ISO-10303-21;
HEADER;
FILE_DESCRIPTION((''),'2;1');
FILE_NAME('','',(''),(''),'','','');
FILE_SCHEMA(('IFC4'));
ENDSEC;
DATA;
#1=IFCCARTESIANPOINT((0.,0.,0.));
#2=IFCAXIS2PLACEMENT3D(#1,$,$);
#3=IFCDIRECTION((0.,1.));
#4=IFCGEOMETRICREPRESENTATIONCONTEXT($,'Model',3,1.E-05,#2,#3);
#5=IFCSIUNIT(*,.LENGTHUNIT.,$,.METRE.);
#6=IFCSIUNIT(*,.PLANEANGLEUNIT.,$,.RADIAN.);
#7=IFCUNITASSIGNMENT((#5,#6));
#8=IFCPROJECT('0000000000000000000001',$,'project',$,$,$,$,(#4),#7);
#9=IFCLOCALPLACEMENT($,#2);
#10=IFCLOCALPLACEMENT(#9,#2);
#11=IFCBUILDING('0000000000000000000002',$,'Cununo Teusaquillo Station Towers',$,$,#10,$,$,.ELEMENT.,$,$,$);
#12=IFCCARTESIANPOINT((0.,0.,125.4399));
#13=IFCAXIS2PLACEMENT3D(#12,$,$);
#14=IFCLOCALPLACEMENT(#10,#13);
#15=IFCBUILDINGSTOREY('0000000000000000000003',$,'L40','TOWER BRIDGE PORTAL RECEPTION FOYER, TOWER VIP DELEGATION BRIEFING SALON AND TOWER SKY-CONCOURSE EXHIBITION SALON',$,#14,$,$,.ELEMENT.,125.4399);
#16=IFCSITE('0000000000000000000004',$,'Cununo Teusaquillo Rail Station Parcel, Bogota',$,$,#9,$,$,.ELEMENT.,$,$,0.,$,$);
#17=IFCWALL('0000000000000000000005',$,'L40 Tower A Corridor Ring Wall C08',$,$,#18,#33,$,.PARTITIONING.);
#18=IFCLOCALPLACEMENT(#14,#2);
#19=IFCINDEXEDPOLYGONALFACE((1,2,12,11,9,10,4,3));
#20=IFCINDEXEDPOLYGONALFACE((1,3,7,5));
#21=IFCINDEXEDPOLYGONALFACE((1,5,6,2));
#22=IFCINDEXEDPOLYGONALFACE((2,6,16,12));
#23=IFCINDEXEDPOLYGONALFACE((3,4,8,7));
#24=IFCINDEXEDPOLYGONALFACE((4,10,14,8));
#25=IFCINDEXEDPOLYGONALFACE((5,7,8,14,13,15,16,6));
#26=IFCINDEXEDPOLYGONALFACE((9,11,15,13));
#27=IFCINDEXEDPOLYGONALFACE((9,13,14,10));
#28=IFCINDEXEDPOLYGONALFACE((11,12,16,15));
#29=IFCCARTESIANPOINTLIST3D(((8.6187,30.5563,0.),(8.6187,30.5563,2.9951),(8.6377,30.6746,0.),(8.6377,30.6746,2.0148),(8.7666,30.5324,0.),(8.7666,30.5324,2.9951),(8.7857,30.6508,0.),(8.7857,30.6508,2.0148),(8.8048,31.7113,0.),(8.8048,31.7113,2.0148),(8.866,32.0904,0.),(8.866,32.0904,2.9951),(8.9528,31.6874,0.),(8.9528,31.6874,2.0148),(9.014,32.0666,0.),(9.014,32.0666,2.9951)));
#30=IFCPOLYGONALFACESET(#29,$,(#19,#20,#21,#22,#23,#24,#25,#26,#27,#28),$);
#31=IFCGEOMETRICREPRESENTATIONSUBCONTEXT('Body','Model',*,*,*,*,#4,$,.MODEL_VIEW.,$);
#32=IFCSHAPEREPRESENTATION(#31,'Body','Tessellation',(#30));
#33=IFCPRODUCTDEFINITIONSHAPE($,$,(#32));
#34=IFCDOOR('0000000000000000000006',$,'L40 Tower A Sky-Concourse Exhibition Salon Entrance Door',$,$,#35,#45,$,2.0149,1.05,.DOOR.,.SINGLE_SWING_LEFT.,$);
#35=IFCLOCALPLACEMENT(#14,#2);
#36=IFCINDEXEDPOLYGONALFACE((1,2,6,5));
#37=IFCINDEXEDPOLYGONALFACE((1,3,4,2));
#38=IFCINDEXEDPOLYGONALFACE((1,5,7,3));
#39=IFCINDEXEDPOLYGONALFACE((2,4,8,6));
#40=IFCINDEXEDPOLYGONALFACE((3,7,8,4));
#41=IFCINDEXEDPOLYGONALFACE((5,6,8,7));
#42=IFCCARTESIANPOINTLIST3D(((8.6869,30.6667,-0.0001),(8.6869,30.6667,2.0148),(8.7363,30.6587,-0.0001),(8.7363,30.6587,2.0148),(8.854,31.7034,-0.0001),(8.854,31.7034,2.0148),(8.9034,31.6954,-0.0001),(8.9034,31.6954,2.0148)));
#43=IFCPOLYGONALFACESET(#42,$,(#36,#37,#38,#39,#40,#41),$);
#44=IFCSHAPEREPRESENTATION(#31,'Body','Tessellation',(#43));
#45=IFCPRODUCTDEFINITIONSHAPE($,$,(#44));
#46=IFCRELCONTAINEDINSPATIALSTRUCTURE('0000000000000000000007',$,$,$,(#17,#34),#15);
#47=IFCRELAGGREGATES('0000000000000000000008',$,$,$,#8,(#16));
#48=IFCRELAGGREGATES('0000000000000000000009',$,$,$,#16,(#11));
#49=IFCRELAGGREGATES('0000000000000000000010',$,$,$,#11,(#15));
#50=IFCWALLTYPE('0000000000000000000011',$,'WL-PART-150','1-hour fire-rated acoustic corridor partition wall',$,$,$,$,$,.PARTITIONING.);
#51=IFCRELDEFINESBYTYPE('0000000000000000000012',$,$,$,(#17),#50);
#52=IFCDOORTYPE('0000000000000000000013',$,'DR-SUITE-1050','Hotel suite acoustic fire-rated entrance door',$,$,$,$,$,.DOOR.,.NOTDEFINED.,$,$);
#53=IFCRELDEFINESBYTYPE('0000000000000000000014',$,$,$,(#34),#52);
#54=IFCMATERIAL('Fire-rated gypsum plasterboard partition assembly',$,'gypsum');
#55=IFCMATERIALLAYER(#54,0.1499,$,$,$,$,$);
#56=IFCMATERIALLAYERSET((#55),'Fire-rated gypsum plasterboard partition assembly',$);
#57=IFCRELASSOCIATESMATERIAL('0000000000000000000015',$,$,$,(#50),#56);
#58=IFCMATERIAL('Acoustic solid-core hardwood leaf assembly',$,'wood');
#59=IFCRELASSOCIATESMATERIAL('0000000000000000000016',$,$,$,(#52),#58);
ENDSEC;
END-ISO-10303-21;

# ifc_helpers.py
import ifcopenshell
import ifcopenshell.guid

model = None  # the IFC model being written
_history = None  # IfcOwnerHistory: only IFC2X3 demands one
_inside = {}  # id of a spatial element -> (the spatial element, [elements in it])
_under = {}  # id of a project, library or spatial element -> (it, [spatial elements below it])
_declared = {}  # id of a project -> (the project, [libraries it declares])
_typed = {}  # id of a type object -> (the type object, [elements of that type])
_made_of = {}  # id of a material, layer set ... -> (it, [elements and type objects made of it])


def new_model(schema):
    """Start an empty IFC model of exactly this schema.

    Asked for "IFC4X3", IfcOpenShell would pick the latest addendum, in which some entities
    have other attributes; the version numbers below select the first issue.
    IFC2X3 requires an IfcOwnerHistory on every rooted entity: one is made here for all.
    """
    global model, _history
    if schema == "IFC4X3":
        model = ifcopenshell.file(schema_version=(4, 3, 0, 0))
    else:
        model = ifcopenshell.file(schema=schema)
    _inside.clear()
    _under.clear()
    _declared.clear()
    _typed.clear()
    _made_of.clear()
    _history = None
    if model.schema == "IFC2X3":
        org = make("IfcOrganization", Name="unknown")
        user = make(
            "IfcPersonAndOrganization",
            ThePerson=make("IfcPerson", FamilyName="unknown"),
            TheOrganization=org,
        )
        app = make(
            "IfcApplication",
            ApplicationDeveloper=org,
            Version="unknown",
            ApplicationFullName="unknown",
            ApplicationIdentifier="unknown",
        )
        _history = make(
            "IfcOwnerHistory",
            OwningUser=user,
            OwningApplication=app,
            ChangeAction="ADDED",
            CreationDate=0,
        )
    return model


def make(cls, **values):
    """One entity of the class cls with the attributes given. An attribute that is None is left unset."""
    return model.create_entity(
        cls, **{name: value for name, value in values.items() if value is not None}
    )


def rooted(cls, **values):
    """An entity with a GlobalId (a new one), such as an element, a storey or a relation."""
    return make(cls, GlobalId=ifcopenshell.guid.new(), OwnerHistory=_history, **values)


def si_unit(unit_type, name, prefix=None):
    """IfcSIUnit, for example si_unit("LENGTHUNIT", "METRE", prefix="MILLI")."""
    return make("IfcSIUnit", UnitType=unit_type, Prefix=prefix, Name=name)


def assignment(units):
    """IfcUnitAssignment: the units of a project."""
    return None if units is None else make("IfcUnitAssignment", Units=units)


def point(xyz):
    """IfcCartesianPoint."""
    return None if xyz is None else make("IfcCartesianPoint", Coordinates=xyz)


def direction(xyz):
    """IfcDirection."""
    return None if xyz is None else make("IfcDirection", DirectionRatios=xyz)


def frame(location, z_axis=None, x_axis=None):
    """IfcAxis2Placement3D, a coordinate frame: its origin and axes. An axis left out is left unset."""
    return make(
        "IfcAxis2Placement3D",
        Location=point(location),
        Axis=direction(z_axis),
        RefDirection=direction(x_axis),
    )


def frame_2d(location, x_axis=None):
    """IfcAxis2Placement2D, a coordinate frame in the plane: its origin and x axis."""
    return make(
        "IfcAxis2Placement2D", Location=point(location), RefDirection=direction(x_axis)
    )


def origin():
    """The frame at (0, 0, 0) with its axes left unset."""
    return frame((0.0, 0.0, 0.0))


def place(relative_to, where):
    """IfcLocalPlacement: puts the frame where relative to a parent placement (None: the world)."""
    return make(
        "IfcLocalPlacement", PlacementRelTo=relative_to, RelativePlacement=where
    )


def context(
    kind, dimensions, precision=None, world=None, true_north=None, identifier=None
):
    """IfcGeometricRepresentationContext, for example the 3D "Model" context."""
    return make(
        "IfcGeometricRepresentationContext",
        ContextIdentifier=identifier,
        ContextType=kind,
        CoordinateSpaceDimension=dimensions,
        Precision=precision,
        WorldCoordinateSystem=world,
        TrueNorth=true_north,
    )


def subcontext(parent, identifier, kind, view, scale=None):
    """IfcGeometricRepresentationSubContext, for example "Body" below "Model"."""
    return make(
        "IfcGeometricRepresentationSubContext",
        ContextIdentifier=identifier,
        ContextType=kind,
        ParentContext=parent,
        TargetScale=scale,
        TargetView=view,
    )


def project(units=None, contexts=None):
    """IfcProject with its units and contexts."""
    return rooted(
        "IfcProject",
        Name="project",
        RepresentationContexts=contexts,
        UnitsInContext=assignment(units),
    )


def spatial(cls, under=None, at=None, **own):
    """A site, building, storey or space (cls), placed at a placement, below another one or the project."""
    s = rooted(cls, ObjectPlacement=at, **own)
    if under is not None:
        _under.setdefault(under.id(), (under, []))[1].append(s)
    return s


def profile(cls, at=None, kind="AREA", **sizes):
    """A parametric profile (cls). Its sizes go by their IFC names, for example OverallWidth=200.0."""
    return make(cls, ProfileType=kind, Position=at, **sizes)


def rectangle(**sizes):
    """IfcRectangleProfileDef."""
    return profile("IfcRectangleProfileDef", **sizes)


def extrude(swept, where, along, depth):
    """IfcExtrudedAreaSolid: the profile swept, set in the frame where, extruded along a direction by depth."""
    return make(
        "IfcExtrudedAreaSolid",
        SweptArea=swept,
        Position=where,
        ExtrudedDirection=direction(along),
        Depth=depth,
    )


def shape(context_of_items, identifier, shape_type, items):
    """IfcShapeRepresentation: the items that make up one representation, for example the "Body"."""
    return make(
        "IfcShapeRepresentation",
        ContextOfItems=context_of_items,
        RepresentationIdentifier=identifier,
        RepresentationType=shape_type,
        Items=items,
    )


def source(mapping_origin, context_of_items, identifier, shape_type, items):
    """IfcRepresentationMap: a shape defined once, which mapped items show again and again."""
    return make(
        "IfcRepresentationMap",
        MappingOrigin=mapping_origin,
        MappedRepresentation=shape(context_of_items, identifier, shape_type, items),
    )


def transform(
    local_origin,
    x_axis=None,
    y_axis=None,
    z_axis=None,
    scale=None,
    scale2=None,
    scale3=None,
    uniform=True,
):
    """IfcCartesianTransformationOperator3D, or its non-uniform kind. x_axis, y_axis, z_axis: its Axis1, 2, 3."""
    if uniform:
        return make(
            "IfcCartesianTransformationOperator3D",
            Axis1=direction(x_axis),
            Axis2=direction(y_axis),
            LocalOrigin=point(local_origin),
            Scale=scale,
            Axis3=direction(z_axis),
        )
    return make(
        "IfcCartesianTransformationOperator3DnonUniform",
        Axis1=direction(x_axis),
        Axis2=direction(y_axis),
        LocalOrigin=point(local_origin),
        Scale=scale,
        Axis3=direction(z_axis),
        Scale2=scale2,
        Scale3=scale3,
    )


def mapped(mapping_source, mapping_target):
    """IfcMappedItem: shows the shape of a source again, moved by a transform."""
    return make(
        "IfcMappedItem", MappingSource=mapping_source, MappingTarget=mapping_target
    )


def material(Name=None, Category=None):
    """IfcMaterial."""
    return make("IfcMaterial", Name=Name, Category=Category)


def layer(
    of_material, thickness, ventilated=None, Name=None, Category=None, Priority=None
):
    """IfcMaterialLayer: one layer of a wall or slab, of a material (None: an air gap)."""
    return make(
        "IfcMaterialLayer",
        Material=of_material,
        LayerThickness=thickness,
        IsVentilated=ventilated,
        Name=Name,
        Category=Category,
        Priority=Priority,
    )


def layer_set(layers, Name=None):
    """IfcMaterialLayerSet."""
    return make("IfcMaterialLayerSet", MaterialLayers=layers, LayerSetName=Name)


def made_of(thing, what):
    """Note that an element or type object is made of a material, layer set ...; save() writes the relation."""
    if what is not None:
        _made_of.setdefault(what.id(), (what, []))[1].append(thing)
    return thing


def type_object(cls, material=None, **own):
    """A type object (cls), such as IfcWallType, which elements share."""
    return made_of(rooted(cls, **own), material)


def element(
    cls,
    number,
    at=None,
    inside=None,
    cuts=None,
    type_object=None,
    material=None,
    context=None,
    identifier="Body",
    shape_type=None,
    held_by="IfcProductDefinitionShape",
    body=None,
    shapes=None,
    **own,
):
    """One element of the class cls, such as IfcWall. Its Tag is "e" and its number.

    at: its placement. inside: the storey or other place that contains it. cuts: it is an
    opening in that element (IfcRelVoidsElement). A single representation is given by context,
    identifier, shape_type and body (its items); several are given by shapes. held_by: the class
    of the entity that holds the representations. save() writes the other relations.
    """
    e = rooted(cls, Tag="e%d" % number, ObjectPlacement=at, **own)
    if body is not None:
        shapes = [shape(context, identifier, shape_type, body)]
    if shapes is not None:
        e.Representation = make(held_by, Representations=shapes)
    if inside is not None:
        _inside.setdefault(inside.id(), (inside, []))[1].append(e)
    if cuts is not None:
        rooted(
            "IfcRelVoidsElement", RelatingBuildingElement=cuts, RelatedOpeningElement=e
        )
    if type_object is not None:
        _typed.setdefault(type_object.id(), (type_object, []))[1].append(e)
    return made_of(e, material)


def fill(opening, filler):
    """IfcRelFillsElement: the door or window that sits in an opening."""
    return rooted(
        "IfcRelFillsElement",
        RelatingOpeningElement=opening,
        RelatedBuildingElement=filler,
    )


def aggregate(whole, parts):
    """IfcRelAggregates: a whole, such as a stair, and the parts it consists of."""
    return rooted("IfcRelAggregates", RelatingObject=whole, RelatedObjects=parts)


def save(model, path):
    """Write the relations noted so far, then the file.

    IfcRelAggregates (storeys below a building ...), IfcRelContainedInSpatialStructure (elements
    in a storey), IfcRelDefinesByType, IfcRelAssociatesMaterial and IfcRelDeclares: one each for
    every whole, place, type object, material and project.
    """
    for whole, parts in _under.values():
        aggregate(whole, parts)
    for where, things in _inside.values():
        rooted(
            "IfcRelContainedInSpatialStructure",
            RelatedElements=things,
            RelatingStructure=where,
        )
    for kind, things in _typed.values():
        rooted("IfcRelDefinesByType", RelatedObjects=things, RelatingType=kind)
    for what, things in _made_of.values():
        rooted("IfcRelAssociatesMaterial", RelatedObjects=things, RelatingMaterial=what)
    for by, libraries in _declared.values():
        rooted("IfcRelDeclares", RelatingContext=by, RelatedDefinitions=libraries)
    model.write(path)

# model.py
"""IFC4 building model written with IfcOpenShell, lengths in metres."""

from ifc_helpers import new_model, si_unit, direction, frame, frame_2d, origin, place, context, subcontext, project, spatial, rectangle, extrude, source, transform, mapped, material, layer, layer_set, type_object, element, fill, save


model = new_model("IFC4")

# Units and contexts
model_context = context("Model", 3, precision=1e-05, world=origin(), true_north=direction((0.0, 1.0)))
body_context = subcontext(model_context, "Body", "Model", "MODEL_VIEW")
ifc_project = project(units=[si_unit("LENGTHUNIT", "METRE"), si_unit("PLANEANGLEUNIT", "RADIAN")], contexts=[model_context])

# Site, building, storey
site_placement = place(None, origin())
site = spatial("IfcSite", under=ifc_project, at=site_placement, Name="Cununo Teusaquillo Rail Station Parcel, Bogota", CompositionType="ELEMENT", RefElevation=0.0)
building_placement = place(site_placement, origin())
building = spatial("IfcBuilding", under=site, at=building_placement, Name="Cununo Teusaquillo Station Towers", CompositionType="ELEMENT")
storey_placement = place(building_placement, frame((0.0, 0.0, 125.4399)))
storey = spatial("IfcBuildingStorey", under=building, at=storey_placement, Name="L40", Description="TOWER BRIDGE PORTAL RECEPTION FOYER, TOWER VIP DELEGATION BRIEFING SALON AND TOWER SKY-CONCOURSE EXHIBITION SALON", CompositionType="ELEMENT", Elevation=125.4399)

# Shared definitions
ifc_material_1 = material(Name="Fire-rated gypsum plasterboard partition assembly", Category="gypsum")
ifc_layer_1 = layer(ifc_material_1, 0.1499)
ifc_layer_set_1 = layer_set([ifc_layer_1], Name="Fire-rated gypsum plasterboard partition assembly")
wall_type_1 = type_object("IfcWallType", Name="WL-PART-150", Description="1-hour fire-rated acoustic corridor partition wall", PredefinedType="PARTITIONING", material=ifc_layer_set_1)

# Wall, opening, door
wall_1_placement = place(storey_placement, frame((8.9399, 32.0784, 0.0), z_axis=(0.0, 0.0, 1.0), x_axis=(-0.159148, -0.987255, 0.0)))
wall_1 = element("IfcWall", 1, at=wall_1_placement, inside=storey, type_object=wall_type_1, Name="L40 Tower A Corridor Ring Wall C08", PredefinedType="PARTITIONING", context=body_context, shape_type="SweptSolid", body=[
    extrude(rectangle(XDim=1.554, YDim=0.1499, at=frame_2d((0.7769, 0.0))), origin(), (0.0, 0.0, 1.0), 2.9951),
])
shared_shape_1 = source(origin(), body_context, "Body", "SweptSolid", [
    extrude(rectangle(XDim=1.05, YDim=2.0149, at=frame_2d((0.5249, 1.0073))), frame((0.0, 0.085, 0.0), z_axis=(0.0, -1.0, 0.0), x_axis=(1.0, 0.0, 0.0)), (0.0, 0.0, 1.0), 0.1699),
])
opening_1_placement = place(wall_1_placement, frame((0.384, 0.0, 0.0)))
opening_1 = element("IfcOpeningElement", 2, at=opening_1_placement, cuts=wall_1, PredefinedType="OPENING", context=body_context, shape_type="MappedRepresentation", body=[
    mapped(shared_shape_1, transform((0.0, 0.0, 0.0), x_axis=(1.0, 0.0, 0.0), y_axis=(0.0, 1.0, 0.0), z_axis=(0.0, 0.0, 1.0), scale=1.0)),
])
ifc_material_2 = material(Name="Acoustic solid-core hardwood leaf assembly", Category="wood")
door_type = type_object("IfcDoorType", Name="DR-SUITE-1050", Description="Hotel suite acoustic fire-rated entrance door", OperationType="NOTDEFINED", PredefinedType="DOOR", material=ifc_material_2)
shared_shape_2 = source(origin(), body_context, "Body", "SweptSolid", [
    extrude(rectangle(XDim=1.05, YDim=2.0149, at=frame_2d((0.5249, 1.0073))), frame((0.0, 0.0249, 0.0), z_axis=(0.0, -1.0, 0.0), x_axis=(1.0, 0.0, 0.0)), (0.0, 0.0, 1.0), 0.05),
])
door_placement = place(opening_1_placement, origin())
door = element("IfcDoor", 3, at=door_placement, inside=storey, type_object=door_type, Name="L40 Tower A Sky-Concourse Exhibition Salon Entrance Door", OperationType="SINGLE_SWING_LEFT", OverallHeight=2.0149, OverallWidth=1.05, PredefinedType="DOOR", context=body_context, shape_type="MappedRepresentation", body=[
    mapped(shared_shape_2, transform((0.0, 0.0, 0.0), x_axis=(1.0, 0.0, 0.0), y_axis=(0.0, 1.0, 0.0), z_axis=(0.0, 0.0, 1.0), scale=1.0)),
])
fill(opening_1, door)

save(model, "model.ifc")
